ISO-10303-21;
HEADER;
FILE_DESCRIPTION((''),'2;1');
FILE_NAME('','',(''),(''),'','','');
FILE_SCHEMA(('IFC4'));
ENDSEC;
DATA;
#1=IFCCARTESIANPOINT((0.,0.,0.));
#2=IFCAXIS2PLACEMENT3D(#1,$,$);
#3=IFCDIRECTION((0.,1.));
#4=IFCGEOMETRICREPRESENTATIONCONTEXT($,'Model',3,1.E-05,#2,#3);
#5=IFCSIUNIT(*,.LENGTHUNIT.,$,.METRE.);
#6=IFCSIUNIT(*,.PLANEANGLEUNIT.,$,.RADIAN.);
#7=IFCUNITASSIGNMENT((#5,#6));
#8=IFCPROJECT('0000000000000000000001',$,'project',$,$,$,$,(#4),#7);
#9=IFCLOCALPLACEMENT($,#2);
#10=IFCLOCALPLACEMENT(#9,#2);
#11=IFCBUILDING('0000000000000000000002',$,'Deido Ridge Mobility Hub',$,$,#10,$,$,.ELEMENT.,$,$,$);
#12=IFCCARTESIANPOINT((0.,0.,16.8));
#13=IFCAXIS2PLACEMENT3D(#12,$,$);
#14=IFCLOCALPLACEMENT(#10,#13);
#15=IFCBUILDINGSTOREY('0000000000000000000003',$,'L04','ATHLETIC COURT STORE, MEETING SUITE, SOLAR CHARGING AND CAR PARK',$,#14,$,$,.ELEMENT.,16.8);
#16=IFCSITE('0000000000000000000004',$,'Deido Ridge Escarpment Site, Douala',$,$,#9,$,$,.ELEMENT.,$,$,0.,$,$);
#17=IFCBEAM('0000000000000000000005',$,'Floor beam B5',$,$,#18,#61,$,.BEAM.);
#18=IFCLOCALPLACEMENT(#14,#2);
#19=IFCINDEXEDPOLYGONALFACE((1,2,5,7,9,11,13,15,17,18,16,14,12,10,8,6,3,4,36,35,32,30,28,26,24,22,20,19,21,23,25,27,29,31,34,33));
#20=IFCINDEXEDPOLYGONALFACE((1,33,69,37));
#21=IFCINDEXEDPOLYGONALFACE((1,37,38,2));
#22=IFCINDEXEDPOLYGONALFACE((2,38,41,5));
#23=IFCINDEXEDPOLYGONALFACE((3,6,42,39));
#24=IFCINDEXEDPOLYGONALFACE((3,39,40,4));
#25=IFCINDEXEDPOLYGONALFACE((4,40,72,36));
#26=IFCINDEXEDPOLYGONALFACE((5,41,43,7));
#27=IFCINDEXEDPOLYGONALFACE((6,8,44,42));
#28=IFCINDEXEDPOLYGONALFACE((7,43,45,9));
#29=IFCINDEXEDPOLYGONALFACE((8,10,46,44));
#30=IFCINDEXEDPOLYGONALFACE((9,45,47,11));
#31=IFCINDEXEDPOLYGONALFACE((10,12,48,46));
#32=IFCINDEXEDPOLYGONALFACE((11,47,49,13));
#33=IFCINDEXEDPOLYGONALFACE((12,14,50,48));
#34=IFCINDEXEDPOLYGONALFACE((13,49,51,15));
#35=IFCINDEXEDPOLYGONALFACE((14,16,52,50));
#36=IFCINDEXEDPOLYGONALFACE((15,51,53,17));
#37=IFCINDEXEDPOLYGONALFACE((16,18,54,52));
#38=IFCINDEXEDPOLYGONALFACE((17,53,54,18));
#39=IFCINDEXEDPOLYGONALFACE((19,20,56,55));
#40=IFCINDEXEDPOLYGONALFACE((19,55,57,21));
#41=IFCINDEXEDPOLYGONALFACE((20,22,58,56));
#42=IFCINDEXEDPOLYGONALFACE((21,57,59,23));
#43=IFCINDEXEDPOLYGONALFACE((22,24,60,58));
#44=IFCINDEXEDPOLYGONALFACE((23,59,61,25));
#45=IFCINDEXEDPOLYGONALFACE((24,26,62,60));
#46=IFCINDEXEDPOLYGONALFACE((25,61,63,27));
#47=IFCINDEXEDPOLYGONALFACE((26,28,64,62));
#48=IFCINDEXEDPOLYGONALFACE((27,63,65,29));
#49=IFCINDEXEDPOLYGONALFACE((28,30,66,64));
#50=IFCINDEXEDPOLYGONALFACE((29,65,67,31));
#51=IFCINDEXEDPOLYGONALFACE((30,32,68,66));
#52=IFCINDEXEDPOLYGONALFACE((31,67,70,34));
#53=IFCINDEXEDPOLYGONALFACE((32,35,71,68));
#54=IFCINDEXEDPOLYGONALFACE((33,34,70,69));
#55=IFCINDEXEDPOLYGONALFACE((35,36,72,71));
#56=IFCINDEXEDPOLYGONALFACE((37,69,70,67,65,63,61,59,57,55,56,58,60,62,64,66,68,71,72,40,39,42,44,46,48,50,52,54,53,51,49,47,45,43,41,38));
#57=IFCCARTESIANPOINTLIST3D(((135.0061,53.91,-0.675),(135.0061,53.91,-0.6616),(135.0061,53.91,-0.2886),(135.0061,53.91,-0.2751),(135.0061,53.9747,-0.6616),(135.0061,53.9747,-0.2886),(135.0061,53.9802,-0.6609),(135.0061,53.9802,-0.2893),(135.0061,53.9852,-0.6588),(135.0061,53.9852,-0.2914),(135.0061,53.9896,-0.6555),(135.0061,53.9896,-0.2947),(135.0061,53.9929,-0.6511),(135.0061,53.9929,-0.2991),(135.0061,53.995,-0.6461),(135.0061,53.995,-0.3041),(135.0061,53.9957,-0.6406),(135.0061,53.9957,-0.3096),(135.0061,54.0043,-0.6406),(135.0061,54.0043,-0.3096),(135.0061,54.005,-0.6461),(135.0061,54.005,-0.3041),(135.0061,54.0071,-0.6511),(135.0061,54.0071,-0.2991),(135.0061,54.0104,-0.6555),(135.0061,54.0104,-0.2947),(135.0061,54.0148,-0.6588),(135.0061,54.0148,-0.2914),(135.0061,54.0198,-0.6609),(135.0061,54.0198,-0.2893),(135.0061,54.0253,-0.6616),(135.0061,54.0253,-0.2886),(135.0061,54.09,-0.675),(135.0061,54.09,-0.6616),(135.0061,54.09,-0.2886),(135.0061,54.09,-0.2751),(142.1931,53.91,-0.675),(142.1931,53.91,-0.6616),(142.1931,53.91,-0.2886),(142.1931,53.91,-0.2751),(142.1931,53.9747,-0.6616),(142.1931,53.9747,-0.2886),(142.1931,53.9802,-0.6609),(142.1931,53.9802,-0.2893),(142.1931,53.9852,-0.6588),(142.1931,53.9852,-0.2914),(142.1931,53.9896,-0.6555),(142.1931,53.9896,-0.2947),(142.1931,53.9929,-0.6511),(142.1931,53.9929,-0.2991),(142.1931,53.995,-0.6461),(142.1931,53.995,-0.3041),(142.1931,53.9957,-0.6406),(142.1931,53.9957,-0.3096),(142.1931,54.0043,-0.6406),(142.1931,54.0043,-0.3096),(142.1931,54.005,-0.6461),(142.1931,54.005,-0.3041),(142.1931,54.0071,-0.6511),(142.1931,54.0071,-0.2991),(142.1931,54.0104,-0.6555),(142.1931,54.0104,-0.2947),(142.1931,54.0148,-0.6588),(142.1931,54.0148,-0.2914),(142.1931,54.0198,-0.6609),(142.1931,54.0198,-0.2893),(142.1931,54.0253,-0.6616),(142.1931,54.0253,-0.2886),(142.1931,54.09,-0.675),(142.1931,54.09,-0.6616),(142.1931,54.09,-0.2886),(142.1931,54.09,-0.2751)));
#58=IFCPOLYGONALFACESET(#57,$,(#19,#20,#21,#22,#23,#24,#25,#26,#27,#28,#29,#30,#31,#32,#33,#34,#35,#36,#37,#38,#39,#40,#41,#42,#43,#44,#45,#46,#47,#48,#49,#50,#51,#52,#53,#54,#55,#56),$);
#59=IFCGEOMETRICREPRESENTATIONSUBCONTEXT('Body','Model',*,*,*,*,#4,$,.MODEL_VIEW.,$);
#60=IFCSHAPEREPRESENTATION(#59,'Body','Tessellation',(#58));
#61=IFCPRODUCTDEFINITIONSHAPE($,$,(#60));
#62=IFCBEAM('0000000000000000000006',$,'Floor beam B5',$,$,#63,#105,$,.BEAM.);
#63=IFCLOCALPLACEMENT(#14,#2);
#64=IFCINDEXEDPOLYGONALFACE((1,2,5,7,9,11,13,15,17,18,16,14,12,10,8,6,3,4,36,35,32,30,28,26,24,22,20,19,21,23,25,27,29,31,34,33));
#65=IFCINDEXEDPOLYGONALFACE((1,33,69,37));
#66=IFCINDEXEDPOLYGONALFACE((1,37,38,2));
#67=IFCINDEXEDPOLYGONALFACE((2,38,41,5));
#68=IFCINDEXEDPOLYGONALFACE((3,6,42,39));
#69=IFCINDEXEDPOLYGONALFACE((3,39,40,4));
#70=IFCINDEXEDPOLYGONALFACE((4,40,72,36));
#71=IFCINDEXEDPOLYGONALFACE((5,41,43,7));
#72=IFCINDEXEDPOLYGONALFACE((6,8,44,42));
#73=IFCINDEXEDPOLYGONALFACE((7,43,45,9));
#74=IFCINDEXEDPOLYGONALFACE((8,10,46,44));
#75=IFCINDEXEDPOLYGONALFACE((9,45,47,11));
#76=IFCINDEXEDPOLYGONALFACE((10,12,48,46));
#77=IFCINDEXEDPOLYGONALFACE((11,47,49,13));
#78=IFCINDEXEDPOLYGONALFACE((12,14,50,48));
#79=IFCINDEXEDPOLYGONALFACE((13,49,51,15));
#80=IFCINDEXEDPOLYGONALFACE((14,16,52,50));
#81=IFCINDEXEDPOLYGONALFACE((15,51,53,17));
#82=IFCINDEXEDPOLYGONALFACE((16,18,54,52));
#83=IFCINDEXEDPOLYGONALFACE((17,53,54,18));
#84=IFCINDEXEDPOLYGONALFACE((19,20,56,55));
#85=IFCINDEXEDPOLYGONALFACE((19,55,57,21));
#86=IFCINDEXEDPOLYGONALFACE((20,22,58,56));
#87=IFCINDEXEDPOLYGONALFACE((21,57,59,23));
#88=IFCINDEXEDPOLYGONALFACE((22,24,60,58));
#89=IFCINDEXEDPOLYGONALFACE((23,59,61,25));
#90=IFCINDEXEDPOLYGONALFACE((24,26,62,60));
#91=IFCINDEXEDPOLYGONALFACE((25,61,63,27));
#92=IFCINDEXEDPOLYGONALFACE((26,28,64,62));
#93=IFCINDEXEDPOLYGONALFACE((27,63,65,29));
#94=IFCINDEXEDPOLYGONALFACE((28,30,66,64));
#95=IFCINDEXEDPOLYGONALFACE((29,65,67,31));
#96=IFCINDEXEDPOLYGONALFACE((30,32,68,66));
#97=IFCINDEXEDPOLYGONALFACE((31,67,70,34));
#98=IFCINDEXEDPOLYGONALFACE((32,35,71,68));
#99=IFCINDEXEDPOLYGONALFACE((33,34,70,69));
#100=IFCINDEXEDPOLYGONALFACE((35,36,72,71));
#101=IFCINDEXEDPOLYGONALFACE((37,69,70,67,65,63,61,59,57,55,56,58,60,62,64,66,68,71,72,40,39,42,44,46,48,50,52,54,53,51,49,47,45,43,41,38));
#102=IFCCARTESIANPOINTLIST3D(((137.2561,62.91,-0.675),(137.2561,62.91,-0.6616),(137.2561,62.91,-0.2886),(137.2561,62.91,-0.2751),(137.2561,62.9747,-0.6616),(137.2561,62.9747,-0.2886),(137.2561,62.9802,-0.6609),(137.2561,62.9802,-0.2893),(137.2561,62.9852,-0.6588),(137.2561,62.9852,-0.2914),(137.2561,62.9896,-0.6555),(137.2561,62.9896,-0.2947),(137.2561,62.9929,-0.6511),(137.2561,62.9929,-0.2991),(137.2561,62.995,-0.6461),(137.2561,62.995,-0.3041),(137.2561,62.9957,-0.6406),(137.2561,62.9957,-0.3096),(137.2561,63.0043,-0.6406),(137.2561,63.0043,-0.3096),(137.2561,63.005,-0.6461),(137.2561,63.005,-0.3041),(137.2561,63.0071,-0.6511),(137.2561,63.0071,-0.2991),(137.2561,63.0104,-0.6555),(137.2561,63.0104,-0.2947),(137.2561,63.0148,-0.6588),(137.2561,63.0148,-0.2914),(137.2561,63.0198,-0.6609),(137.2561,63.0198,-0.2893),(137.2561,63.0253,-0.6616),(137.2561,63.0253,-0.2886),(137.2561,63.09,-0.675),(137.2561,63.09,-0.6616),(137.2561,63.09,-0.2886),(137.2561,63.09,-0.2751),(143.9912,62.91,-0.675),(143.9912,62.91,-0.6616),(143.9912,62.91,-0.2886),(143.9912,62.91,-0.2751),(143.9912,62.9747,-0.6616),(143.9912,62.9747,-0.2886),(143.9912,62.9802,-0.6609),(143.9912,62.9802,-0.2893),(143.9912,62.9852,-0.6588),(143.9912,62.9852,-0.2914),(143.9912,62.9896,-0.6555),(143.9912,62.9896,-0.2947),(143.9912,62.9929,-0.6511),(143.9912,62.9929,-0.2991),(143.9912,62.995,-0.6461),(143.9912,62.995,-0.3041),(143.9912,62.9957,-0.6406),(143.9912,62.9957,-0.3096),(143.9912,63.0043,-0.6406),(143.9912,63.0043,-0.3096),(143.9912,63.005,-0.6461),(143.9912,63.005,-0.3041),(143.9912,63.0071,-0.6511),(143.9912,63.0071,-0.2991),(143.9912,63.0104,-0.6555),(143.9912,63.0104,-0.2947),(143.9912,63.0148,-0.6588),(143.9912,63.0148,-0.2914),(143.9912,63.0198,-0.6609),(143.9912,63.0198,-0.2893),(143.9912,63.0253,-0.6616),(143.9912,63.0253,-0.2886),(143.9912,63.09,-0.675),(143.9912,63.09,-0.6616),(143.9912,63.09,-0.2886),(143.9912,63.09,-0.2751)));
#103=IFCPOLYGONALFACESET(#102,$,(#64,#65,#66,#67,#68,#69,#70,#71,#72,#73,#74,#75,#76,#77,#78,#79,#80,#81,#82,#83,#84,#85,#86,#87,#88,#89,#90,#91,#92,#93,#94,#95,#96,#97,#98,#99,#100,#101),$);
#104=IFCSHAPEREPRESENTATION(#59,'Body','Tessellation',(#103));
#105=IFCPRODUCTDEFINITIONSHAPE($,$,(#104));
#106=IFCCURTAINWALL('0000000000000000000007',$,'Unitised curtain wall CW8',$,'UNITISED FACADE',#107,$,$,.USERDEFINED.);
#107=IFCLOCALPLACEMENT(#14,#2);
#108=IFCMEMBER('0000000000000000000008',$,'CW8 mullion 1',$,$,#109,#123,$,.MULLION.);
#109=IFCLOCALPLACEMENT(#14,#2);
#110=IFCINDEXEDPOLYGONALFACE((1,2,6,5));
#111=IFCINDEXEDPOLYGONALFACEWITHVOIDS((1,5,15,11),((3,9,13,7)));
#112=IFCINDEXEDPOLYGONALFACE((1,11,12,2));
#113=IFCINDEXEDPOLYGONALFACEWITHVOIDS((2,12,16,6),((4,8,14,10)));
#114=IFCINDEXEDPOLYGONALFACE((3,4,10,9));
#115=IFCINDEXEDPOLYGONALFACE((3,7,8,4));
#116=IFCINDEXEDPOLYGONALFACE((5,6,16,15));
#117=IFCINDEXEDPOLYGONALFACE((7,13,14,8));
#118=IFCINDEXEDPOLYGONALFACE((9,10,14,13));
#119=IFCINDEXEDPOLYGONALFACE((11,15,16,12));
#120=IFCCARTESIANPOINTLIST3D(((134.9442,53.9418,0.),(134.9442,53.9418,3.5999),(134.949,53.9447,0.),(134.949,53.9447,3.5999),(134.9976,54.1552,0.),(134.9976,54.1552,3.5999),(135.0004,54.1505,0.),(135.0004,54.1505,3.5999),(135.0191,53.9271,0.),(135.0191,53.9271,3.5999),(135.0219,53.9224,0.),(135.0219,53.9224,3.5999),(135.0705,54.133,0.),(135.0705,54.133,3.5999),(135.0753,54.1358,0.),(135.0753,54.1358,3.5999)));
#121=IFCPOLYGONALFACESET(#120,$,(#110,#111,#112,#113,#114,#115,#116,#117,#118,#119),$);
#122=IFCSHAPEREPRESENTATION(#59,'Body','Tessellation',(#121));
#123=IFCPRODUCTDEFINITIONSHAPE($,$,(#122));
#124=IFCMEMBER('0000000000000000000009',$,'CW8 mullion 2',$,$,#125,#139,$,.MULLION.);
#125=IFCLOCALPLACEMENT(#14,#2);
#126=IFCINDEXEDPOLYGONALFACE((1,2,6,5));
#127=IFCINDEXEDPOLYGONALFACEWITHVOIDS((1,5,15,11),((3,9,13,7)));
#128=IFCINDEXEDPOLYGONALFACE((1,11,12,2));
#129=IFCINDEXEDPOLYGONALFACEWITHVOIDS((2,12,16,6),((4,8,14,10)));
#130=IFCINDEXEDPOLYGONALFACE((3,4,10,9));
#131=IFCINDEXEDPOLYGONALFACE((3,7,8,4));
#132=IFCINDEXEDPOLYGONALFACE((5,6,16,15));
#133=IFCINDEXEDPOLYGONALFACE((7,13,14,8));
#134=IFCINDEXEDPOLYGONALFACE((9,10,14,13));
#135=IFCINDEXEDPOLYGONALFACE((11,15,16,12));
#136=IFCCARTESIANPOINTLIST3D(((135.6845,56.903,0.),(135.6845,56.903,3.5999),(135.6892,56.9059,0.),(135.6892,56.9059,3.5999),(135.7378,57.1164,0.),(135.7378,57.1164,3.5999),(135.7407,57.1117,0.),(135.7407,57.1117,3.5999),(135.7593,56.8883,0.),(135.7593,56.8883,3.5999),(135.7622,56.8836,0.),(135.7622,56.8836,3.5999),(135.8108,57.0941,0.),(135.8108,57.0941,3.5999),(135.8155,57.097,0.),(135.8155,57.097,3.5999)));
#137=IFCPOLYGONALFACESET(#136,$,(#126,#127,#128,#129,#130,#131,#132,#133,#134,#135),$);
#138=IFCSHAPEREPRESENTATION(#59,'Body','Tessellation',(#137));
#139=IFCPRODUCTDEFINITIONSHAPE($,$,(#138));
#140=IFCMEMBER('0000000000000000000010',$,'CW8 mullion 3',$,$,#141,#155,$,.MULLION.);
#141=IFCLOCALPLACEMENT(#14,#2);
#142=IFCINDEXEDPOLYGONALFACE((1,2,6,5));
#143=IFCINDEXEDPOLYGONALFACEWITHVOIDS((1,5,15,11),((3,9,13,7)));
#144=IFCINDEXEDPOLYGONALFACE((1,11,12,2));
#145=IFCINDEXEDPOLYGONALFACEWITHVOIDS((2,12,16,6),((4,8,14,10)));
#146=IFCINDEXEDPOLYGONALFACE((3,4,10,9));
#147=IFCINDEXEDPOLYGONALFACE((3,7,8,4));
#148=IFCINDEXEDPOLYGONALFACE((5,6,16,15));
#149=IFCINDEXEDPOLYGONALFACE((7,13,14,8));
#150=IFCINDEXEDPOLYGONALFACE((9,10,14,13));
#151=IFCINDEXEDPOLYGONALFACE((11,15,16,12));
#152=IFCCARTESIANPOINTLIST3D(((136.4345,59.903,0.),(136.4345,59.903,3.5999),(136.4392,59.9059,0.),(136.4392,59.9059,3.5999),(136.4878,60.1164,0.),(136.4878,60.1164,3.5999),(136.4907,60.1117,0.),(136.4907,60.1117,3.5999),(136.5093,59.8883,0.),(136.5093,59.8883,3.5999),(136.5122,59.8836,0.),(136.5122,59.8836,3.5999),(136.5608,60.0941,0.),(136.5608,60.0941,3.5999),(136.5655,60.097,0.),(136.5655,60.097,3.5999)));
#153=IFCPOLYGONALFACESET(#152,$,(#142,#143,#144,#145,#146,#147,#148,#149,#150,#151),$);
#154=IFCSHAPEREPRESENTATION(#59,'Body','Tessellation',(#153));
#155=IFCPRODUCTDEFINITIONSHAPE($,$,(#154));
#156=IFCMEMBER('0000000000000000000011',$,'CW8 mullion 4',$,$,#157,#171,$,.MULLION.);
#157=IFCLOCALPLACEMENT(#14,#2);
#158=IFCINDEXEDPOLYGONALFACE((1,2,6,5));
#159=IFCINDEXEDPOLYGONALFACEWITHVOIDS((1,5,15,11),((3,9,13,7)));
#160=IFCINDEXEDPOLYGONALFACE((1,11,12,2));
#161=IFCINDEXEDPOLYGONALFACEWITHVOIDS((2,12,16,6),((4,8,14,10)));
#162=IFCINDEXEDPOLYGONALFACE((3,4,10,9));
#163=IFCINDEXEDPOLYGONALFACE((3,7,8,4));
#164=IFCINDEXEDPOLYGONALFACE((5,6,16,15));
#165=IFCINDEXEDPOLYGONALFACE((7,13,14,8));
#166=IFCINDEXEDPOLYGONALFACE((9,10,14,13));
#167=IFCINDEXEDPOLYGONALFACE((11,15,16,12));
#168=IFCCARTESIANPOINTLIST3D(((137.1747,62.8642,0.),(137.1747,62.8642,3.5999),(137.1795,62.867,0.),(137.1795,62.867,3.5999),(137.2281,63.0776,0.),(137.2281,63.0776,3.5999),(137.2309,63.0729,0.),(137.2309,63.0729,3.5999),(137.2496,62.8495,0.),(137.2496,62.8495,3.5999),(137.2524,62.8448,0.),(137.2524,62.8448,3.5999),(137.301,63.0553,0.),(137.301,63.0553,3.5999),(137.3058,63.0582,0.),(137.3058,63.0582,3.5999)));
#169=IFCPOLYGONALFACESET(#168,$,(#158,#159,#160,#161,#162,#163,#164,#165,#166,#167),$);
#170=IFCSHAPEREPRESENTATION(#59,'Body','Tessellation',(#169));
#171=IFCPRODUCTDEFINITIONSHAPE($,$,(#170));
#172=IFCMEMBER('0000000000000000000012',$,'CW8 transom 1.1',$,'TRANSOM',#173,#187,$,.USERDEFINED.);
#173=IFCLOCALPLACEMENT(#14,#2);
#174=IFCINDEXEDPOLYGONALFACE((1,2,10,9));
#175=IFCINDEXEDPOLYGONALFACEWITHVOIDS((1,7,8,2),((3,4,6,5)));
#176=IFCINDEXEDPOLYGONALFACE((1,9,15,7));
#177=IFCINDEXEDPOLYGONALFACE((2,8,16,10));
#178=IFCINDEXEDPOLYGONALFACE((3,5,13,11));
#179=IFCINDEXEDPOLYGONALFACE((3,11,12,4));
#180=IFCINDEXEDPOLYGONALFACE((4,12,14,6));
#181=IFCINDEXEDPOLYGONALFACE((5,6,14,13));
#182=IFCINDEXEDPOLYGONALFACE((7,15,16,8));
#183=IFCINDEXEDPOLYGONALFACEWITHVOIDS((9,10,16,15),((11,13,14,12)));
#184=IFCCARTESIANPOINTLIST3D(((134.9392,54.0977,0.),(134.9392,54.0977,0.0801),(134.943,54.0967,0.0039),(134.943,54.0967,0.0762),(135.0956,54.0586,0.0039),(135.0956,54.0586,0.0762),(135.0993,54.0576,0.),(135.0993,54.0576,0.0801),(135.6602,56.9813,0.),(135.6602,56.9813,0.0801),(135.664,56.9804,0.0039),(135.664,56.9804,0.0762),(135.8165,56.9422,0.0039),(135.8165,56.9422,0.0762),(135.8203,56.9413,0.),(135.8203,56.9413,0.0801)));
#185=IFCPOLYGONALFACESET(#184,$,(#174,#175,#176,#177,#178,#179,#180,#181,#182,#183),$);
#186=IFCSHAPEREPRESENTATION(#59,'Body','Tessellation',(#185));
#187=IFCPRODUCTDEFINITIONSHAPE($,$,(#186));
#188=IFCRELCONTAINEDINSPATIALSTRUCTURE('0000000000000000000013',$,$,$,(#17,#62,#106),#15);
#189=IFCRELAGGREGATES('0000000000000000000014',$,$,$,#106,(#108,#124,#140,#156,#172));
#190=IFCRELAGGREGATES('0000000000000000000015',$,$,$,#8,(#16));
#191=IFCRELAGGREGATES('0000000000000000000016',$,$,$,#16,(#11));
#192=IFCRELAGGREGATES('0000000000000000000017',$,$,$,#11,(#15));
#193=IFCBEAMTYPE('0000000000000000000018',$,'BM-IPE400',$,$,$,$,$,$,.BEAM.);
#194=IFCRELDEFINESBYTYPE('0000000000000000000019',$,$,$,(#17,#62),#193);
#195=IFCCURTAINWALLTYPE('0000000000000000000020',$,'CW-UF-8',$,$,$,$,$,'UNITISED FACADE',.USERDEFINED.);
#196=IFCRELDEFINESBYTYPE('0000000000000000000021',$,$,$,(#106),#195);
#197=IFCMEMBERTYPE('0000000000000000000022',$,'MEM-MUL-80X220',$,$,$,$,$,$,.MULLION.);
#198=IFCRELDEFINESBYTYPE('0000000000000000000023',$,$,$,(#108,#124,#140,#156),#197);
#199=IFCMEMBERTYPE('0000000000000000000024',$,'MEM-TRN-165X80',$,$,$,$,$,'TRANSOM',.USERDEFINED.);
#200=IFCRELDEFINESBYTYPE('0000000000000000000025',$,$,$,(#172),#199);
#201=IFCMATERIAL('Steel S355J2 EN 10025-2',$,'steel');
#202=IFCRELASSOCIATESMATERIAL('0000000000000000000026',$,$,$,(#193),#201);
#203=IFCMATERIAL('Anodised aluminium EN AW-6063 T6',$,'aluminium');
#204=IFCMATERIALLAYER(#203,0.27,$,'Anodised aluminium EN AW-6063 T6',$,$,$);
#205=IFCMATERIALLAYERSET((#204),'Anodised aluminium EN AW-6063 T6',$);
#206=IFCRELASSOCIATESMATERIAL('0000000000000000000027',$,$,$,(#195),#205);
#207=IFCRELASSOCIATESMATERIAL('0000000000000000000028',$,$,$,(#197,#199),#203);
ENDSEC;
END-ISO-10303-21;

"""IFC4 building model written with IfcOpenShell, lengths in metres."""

from ifc_helpers import new_model, si_unit, direction, frame, origin, origin_2d, place, context, subcontext, project, spatial, hollow_rectangle, i_section, extrude, material, layer, layer_set, material_profile, profile_set, type_object, element, aggregate, save


model = new_model("IFC4")

# Units and contexts
model_context = context("Model", 3, precision=1e-05, world=origin(), true_north=direction((0.0, 1.0)))
body_context = subcontext(model_context, "Body", "Model", "MODEL_VIEW")
ifc_project = project(units=[si_unit("LENGTHUNIT", "METRE"), si_unit("PLANEANGLEUNIT", "RADIAN")], contexts=[model_context])

# Site, building, storey
site_placement = place(None, origin())
site = spatial("IfcSite", under=ifc_project, at=site_placement, Name="Deido Ridge Escarpment Site, Douala", CompositionType="ELEMENT", RefElevation=0.0)
building_placement = place(site_placement, origin())
building = spatial("IfcBuilding", under=site, at=building_placement, Name="Deido Ridge Mobility Hub", CompositionType="ELEMENT")
storey_placement = place(building_placement, frame((0.0, 0.0, 16.8)))
storey = spatial("IfcBuildingStorey", under=building, at=storey_placement, Name="L04", Description="ATHLETIC COURT STORE, MEETING SUITE, SOLAR CHARGING AND CAR PARK", CompositionType="ELEMENT", Elevation=16.8)

# Beams
ifc_material_1 = material(Name="Steel S355J2 EN 10025-2", Category="steel")
ifc_material_profile_1 = material_profile(ifc_material_1, i_section(OverallWidth=0.1799, OverallDepth=0.3999, WebThickness=0.0085, FlangeThickness=0.0134, FilletRadius=0.021, at=origin_2d()), Name="IPE 400")
ifc_profile_set_1 = profile_set([ifc_material_profile_1], Name="Steel S355J2 EN 10025-2")
beam_type_1 = type_object("IfcBeamType", Name="BM-IPE400", PredefinedType="BEAM", material=ifc_profile_set_1)
beam_1_placement = place(storey_placement, frame((135.0061, 54.0, -0.4751), z_axis=(1.0, 0.0, 0.0), x_axis=(0.0, 1.0, 0.0)))
element("IfcBeam", 1, at=beam_1_placement, inside=storey, type_object=beam_type_1, Name="Floor beam B5", PredefinedType="BEAM", context=body_context, shape_type="SweptSolid", body=[
    extrude(i_section(OverallWidth=0.1799, OverallDepth=0.3999, WebThickness=0.0085, FlangeThickness=0.0134, FilletRadius=0.021, at=origin_2d()), origin(), (0.0, 0.0, 1.0), 7.187),
])
beam_2_placement = place(storey_placement, frame((137.2561, 63.0, -0.4751), z_axis=(1.0, 0.0, 0.0), x_axis=(0.0, 1.0, 0.0)))
element("IfcBeam", 2, at=beam_2_placement, inside=storey, type_object=beam_type_1, Name="Floor beam B5", PredefinedType="BEAM", context=body_context, shape_type="SweptSolid", body=[
    extrude(i_section(OverallWidth=0.1799, OverallDepth=0.3999, WebThickness=0.0085, FlangeThickness=0.0134, FilletRadius=0.021, at=origin_2d()), origin(), (0.0, 0.0, 1.0), 6.7351),
])

# Curtain wall, members
ifc_material_2 = material(Name="Anodised aluminium EN AW-6063 T6", Category="aluminium")
ifc_layer_1 = layer(ifc_material_2, 0.27, Name="Anodised aluminium EN AW-6063 T6")
ifc_layer_set_1 = layer_set([ifc_layer_1], Name="Anodised aluminium EN AW-6063 T6")
curtain_wall_type = type_object("IfcCurtainWallType", Name="CW-UF-8", ElementType="UNITISED FACADE", PredefinedType="USERDEFINED", material=ifc_layer_set_1)
curtain_wall_placement = place(storey_placement, origin())
curtain_wall = element("IfcCurtainWall", 3, at=curtain_wall_placement, inside=storey, type_object=curtain_wall_type, Name="Unitised curtain wall CW8", ObjectType="UNITISED FACADE", PredefinedType="USERDEFINED")
ifc_material_profile_2 = material_profile(ifc_material_2, hollow_rectangle(XDim=0.0801, YDim=0.22, WallThickness=0.0039, at=origin_2d()), Name="RHS 80x220x4")
ifc_profile_set_2 = profile_set([ifc_material_profile_2], Name="Anodised aluminium EN AW-6063 T6")
member_type_1 = type_object("IfcMemberType", Name="MEM-MUL-80X220", PredefinedType="MULLION", material=ifc_profile_set_2)
member_1_placement = place(storey_placement, frame((135.0098, 54.0388, 0.0), z_axis=(0.0, 0.0, 1.0), x_axis=(-0.970143, 0.242536, 0.0)))
member_1 = element("IfcMember", 4, at=member_1_placement, type_object=member_type_1, Name="CW8 mullion 1", PredefinedType="MULLION", context=body_context, shape_type="SweptSolid", body=[
    extrude(hollow_rectangle(XDim=0.0801, YDim=0.22, WallThickness=0.0039, at=origin_2d()), origin(), (0.0, 0.0, 1.0), 3.5999),
])
member_2_placement = place(storey_placement, frame((135.75, 57.0, 0.0), z_axis=(0.0, 0.0, 1.0), x_axis=(-0.970143, 0.242536, 0.0)))
member_2 = element("IfcMember", 5, at=member_2_placement, type_object=member_type_1, Name="CW8 mullion 2", PredefinedType="MULLION", context=body_context, shape_type="SweptSolid", body=[
    extrude(hollow_rectangle(XDim=0.0801, YDim=0.22, WallThickness=0.0039, at=origin_2d()), origin(), (0.0, 0.0, 1.0), 3.5999),
])
member_3_placement = place(storey_placement, frame((136.5, 60.0, 0.0), z_axis=(0.0, 0.0, 1.0), x_axis=(-0.970143, 0.242536, 0.0)))
member_3 = element("IfcMember", 6, at=member_3_placement, type_object=member_type_1, Name="CW8 mullion 3", PredefinedType="MULLION", context=body_context, shape_type="SweptSolid", body=[
    extrude(hollow_rectangle(XDim=0.0801, YDim=0.22, WallThickness=0.0039, at=origin_2d()), origin(), (0.0, 0.0, 1.0), 3.5999),
])
member_4_placement = place(storey_placement, frame((137.2402, 62.9612, 0.0), z_axis=(0.0, 0.0, 1.0), x_axis=(-0.970143, 0.242536, 0.0)))
member_4 = element("IfcMember", 7, at=member_4_placement, type_object=member_type_1, Name="CW8 mullion 4", PredefinedType="MULLION", context=body_context, shape_type="SweptSolid", body=[
    extrude(hollow_rectangle(XDim=0.0801, YDim=0.22, WallThickness=0.0039, at=origin_2d()), origin(), (0.0, 0.0, 1.0), 3.5999),
])
ifc_material_profile_3 = material_profile(ifc_material_2, hollow_rectangle(XDim=0.165, YDim=0.0801, WallThickness=0.0039, at=origin_2d()), Name="RHS 165x80x4")
ifc_profile_set_3 = profile_set([ifc_material_profile_3], Name="Anodised aluminium EN AW-6063 T6")
member_type_2 = type_object("IfcMemberType", Name="MEM-TRN-165X80", ElementType="TRANSOM", PredefinedType="USERDEFINED", material=ifc_profile_set_3)
member_5_placement = place(storey_placement, frame((135.0193, 54.0776, 0.04), z_axis=(0.242555, 0.970138, 0.0), x_axis=(-0.970138, 0.242555, 0.0)))
member_5 = element("IfcMember", 8, at=member_5_placement, type_object=member_type_2, Name="CW8 transom 1.1", ObjectType="TRANSOM", PredefinedType="USERDEFINED", context=body_context, shape_type="SweptSolid", body=[
    extrude(hollow_rectangle(XDim=0.165, YDim=0.0801, WallThickness=0.0039, at=origin_2d()), origin(), (0.0, 0.0, 1.0), 2.9724),
])

aggregate(curtain_wall, [member_1, member_2, member_3, member_4, member_5])

save(model, "model.ifc")
